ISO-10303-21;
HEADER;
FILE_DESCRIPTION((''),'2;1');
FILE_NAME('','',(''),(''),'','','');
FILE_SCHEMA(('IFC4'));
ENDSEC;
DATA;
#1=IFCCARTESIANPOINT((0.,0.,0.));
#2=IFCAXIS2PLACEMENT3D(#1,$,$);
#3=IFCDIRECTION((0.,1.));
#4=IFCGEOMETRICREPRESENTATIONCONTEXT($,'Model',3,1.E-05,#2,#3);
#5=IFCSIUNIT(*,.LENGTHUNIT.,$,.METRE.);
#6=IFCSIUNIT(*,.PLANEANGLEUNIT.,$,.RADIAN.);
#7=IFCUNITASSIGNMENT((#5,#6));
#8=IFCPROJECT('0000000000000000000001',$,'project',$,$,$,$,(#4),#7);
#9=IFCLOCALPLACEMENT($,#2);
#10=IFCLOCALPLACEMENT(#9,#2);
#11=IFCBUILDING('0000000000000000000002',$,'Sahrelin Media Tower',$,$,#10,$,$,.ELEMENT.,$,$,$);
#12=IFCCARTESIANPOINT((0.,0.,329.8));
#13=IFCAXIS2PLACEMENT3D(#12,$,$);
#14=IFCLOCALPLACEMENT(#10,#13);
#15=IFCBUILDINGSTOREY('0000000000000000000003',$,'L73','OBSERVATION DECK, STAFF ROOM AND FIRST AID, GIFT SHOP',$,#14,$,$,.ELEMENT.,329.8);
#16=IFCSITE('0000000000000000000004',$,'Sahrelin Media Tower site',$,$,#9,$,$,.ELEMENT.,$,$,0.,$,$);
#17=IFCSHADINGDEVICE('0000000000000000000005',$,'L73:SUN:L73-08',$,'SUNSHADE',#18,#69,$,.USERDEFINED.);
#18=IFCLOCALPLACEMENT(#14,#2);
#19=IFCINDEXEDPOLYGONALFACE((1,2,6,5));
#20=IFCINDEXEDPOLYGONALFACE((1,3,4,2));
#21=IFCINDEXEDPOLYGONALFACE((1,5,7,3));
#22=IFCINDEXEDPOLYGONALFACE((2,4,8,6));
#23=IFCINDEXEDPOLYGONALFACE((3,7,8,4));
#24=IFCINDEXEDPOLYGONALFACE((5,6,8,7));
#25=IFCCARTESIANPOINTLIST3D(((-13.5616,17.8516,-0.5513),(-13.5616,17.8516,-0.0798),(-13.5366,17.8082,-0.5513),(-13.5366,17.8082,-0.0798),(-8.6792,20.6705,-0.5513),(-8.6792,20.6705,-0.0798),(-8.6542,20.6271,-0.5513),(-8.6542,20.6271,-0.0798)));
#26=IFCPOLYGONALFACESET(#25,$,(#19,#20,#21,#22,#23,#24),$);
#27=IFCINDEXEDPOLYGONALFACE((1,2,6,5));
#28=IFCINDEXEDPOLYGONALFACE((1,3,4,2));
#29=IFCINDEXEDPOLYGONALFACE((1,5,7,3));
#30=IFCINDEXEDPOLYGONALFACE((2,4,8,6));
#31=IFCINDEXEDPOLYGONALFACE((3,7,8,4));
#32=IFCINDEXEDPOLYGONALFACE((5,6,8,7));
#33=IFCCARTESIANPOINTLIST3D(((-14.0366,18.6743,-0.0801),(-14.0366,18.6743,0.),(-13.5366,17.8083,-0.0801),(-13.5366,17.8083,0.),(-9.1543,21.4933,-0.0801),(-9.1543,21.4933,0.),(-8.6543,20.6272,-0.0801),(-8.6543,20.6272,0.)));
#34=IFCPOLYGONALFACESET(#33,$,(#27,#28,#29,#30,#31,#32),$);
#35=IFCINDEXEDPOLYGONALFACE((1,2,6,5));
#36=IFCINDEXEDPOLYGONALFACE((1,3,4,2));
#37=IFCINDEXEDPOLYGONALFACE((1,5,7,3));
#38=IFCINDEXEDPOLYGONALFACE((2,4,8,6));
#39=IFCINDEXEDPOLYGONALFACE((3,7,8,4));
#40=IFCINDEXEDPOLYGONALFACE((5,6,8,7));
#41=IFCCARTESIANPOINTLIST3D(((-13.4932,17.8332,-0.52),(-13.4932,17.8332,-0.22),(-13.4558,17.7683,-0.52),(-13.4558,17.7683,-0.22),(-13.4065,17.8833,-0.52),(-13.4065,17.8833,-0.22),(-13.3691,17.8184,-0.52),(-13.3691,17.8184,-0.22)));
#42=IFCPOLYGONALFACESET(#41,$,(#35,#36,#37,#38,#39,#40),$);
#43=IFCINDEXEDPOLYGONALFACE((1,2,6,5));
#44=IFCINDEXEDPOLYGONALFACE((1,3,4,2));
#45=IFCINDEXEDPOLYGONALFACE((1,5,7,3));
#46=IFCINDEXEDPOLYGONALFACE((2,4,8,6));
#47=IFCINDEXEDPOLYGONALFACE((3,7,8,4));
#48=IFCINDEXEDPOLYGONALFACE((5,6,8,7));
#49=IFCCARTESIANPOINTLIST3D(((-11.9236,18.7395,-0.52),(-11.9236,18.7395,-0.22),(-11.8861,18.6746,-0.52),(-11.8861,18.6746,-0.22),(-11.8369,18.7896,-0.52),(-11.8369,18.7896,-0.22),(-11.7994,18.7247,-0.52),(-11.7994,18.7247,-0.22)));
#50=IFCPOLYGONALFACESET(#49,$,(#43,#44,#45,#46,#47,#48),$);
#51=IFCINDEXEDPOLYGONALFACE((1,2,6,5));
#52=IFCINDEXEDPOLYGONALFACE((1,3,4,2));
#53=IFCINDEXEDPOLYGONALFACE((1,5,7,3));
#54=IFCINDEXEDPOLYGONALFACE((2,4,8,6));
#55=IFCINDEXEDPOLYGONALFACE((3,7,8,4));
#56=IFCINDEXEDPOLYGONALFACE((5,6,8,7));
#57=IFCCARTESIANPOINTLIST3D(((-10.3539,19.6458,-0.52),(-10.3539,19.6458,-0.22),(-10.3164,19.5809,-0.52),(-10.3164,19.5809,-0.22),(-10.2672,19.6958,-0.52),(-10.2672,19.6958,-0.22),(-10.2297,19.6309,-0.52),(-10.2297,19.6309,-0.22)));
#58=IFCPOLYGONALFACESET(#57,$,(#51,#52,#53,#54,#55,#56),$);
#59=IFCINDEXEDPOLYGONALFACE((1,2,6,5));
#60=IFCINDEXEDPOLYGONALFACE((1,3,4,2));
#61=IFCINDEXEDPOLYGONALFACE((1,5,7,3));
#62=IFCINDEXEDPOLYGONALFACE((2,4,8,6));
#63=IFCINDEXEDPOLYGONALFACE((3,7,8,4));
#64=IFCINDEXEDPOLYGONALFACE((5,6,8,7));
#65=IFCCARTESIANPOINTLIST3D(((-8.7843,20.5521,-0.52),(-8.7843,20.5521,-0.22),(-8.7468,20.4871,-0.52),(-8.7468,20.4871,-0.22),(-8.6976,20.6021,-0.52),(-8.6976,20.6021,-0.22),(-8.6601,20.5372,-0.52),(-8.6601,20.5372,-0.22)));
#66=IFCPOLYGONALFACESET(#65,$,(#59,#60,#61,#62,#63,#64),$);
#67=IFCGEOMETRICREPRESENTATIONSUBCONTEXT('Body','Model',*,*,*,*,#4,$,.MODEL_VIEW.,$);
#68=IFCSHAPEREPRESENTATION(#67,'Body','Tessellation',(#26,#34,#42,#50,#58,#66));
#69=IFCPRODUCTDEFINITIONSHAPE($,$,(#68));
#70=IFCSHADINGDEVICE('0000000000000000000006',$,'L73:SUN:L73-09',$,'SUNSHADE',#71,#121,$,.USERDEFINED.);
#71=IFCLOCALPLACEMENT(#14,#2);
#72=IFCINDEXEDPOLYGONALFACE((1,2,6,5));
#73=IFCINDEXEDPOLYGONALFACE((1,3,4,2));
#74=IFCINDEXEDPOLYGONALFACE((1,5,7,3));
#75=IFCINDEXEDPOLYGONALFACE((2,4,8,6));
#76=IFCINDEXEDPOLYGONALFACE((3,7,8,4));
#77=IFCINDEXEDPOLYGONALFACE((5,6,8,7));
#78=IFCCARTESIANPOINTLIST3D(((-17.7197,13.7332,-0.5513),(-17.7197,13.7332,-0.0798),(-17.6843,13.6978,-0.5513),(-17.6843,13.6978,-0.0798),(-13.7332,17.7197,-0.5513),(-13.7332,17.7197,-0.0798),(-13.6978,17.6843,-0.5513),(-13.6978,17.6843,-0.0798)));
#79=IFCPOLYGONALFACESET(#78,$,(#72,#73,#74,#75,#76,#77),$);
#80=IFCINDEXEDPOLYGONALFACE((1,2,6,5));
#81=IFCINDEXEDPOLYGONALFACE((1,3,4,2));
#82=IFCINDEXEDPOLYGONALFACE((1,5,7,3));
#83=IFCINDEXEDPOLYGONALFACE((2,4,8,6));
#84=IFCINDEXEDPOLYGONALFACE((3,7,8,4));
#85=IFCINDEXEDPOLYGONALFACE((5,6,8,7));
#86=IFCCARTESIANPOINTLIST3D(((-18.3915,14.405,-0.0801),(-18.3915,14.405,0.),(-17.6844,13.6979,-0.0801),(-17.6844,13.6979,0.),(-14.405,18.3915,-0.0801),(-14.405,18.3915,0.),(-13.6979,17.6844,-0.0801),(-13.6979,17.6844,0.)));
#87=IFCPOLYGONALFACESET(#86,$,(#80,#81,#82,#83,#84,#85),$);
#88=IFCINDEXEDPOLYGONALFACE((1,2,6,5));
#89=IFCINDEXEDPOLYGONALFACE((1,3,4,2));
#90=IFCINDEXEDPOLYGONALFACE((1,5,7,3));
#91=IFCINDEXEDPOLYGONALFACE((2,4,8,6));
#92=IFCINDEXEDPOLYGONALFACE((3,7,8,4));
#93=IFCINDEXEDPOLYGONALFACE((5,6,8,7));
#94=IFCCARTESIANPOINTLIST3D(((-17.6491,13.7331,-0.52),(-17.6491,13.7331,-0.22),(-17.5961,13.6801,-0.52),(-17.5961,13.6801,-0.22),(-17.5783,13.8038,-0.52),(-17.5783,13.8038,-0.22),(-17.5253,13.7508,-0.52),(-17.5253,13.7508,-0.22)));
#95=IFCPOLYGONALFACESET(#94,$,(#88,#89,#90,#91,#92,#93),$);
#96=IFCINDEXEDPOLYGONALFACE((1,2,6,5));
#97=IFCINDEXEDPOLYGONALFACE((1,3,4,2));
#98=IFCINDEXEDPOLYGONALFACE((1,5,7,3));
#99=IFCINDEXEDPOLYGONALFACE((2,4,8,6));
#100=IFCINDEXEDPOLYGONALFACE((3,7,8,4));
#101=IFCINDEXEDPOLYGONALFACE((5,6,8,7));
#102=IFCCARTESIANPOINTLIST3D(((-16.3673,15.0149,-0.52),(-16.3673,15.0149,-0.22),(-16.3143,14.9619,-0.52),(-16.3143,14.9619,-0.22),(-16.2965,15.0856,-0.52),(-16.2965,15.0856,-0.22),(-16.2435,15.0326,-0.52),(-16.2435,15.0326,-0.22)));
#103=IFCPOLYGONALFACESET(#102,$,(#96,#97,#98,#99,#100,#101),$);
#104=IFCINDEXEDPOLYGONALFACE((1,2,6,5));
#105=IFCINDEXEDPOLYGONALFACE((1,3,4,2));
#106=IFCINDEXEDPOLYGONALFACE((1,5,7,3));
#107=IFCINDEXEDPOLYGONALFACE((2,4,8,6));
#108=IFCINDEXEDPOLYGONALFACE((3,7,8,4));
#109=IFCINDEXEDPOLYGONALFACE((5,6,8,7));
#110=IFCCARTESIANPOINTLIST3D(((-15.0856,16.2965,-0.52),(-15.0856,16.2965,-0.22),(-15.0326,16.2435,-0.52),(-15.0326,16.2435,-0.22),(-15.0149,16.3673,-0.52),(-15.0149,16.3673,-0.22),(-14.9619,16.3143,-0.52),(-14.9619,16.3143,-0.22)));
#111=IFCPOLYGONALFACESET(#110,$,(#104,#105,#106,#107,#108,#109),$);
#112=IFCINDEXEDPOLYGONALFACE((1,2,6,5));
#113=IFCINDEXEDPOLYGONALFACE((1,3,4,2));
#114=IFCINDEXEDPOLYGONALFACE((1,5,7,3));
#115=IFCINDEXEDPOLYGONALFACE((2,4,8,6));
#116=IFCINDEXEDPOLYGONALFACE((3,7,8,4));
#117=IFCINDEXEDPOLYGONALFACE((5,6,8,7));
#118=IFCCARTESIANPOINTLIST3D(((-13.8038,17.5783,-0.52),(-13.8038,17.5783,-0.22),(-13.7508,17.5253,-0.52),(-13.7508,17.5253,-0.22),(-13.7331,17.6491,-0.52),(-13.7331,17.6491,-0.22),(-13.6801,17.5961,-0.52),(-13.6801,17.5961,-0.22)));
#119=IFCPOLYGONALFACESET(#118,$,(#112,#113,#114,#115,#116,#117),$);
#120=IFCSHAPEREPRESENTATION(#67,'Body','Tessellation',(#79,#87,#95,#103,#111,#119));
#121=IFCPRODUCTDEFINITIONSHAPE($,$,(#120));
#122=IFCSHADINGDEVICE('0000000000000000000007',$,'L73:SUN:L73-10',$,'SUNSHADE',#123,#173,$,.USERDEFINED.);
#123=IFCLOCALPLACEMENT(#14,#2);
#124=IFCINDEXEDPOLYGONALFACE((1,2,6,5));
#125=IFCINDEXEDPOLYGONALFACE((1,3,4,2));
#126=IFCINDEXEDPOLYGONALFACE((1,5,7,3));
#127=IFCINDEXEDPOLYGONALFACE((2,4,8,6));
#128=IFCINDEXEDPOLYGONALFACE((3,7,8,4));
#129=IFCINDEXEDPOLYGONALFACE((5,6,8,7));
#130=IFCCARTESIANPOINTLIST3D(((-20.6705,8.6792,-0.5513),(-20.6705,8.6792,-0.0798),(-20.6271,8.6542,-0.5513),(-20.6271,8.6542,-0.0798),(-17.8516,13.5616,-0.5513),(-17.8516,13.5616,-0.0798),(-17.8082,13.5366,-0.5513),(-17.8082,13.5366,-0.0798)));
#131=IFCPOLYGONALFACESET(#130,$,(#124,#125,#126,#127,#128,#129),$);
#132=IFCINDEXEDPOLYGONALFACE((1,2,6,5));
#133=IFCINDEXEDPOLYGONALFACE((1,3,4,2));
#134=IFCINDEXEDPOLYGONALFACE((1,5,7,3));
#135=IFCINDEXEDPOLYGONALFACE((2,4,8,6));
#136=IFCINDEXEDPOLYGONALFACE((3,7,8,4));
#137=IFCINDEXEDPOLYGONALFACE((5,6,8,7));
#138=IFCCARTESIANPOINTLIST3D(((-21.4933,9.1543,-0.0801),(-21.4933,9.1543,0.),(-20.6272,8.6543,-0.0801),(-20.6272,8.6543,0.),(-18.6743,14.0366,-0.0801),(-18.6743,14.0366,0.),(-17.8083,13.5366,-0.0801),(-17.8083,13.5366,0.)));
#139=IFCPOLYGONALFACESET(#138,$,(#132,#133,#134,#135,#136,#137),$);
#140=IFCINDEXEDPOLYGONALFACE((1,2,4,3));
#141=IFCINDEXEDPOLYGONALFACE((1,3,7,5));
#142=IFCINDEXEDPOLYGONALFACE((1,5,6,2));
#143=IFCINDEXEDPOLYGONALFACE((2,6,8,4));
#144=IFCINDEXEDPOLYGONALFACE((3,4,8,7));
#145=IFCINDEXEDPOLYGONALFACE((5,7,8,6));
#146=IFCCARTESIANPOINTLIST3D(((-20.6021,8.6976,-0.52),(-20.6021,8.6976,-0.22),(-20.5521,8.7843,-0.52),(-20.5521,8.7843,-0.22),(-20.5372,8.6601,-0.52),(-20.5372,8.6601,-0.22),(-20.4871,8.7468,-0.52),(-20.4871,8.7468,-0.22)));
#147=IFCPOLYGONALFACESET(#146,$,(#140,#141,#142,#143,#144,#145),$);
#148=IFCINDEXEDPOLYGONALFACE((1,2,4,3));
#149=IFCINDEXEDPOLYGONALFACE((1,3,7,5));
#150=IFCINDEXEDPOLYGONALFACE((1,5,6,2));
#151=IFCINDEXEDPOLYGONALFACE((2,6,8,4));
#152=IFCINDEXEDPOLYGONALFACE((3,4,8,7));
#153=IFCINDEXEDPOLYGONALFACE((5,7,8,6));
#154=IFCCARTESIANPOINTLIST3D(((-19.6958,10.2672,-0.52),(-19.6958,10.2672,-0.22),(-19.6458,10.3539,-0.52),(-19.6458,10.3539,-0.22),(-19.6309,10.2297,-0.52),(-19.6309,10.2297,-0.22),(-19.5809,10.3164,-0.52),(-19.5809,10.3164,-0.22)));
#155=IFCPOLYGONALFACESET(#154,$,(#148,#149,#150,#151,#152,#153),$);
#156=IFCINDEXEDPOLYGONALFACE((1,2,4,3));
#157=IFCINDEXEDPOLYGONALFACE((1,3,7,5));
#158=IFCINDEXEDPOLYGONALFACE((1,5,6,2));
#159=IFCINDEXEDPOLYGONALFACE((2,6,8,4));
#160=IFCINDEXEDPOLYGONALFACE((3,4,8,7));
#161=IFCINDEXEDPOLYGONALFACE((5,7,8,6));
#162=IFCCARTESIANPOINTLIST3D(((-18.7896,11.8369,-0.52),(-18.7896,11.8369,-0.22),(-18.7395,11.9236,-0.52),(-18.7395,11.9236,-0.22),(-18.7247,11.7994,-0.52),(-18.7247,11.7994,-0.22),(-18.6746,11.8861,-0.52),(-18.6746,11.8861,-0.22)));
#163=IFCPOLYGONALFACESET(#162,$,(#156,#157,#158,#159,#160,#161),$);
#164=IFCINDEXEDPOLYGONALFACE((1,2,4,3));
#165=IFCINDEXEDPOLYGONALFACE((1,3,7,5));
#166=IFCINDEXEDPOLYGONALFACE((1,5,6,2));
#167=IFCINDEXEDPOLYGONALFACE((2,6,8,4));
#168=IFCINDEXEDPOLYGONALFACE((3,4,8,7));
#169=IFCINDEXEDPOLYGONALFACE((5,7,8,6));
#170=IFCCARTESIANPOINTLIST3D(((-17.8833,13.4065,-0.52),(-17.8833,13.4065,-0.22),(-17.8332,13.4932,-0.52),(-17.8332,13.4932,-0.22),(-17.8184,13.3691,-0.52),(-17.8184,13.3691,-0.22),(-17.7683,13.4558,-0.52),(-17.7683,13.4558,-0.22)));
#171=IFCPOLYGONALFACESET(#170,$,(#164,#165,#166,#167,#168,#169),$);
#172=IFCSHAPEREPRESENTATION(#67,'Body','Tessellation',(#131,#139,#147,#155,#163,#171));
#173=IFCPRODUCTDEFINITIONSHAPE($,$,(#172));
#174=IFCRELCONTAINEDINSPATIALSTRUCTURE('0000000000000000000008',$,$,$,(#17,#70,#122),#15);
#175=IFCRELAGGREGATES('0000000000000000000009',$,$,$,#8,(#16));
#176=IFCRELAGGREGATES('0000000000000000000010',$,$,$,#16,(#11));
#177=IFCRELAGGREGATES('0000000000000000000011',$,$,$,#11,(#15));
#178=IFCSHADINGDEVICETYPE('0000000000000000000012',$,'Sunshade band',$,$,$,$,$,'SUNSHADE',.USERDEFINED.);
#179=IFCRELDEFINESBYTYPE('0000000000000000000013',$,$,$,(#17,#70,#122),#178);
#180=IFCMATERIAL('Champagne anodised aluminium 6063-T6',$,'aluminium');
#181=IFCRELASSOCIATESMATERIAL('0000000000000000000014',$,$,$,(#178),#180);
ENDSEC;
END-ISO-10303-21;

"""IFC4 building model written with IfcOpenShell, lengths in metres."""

from ifc_helpers import new_model, si_unit, direction, frame, origin, origin_2d, place, context, subcontext, project, spatial, rectangle, extrude, material, type_object, element, save


model = new_model("IFC4")

# Units and contexts
model_context = context("Model", 3, precision=1e-05, world=origin(), true_north=direction((0.0, 1.0)))
body_context = subcontext(model_context, "Body", "Model", "MODEL_VIEW")
ifc_project = project(units=[si_unit("LENGTHUNIT", "METRE"), si_unit("PLANEANGLEUNIT", "RADIAN")], contexts=[model_context])

# Site, building, storey
site_placement = place(None, origin())
site = spatial("IfcSite", under=ifc_project, at=site_placement, Name="Sahrelin Media Tower site", CompositionType="ELEMENT", RefElevation=0.0)
building_placement = place(site_placement, origin())
building = spatial("IfcBuilding", under=site, at=building_placement, Name="Sahrelin Media Tower", CompositionType="ELEMENT")
storey_placement = place(building_placement, frame((0.0, 0.0, 329.8)))
storey = spatial("IfcBuildingStorey", under=building, at=storey_placement, Name="L73", Description="OBSERVATION DECK, STAFF ROOM AND FIRST AID, GIFT SHOP", CompositionType="ELEMENT", Elevation=329.8)

# Shared definitions
ifc_material_1 = material(Name="Champagne anodised aluminium 6063-T6", Category="aluminium")

# Shading devices
placement_1 = place(storey_placement, frame((-11.0854, 19.2004, 0.0), z_axis=(0.0, 0.0, 1.0), x_axis=(0.866019, 0.500011, 0.0)))
placement_2 = place(storey_placement, frame((-15.677, 15.677, 0.0), z_axis=(0.0, 0.0, 1.0), x_axis=(0.707107, 0.707107, 0.0)))
placement_3 = place(storey_placement, frame((-19.2004, 11.0854, 0.0), z_axis=(0.0, 0.0, 1.0), x_axis=(0.500011, 0.866019, 0.0)))
shading_device_type_1 = type_object("IfcShadingDeviceType", Name="Sunshade band", ElementType="SUNSHADE", PredefinedType="USERDEFINED", material=ifc_material_1)
element("IfcShadingDevice", 1, at=placement_1, inside=storey, type_object=shading_device_type_1, Name="L73:SUN:L73-08", ObjectType="SUNSHADE", PredefinedType="USERDEFINED", context=body_context, shape_type="SweptSolid", body=[
    extrude(rectangle(XDim=5.6377, YDim=0.05, at=origin_2d()), frame((0.0, 0.0449, -0.5513)), (0.0, 0.0, 1.0), 0.4714),
    extrude(rectangle(XDim=5.6377, YDim=1.0, at=origin_2d()), frame((0.0, 0.52, -0.0801)), (0.0, 0.0, 1.0), 0.0801),
    extrude(rectangle(XDim=0.1001, YDim=0.075, at=origin_2d()), frame((-2.7188, -0.0176, -0.52)), (0.0, 0.0, 1.0), 0.3),
    extrude(rectangle(XDim=0.1001, YDim=0.075, at=origin_2d()), frame((-0.9062, -0.0176, -0.52)), (0.0, 0.0, 1.0), 0.3),
    extrude(rectangle(XDim=0.1001, YDim=0.075, at=origin_2d()), frame((0.9062, -0.0176, -0.52)), (0.0, 0.0, 1.0), 0.3),
    extrude(rectangle(XDim=0.1001, YDim=0.075, at=origin_2d()), frame((2.7188, -0.0176, -0.52)), (0.0, 0.0, 1.0), 0.3),
])
element("IfcShadingDevice", 2, at=placement_2, inside=storey, type_object=shading_device_type_1, Name="L73:SUN:L73-09", ObjectType="SUNSHADE", PredefinedType="USERDEFINED", context=body_context, shape_type="SweptSolid", body=[
    extrude(rectangle(XDim=5.6377, YDim=0.05, at=origin_2d()), frame((0.0, 0.0449, -0.5513)), (0.0, 0.0, 1.0), 0.4714),
    extrude(rectangle(XDim=5.6377, YDim=1.0, at=origin_2d()), frame((0.0, 0.52, -0.0801)), (0.0, 0.0, 1.0), 0.0801),
    extrude(rectangle(XDim=0.1001, YDim=0.075, at=origin_2d()), frame((-2.719, -0.0176, -0.52)), (0.0, 0.0, 1.0), 0.3),
    extrude(rectangle(XDim=0.1001, YDim=0.075, at=origin_2d()), frame((-0.9062, -0.0176, -0.52)), (0.0, 0.0, 1.0), 0.3),
    extrude(rectangle(XDim=0.1001, YDim=0.075, at=origin_2d()), frame((0.9062, -0.0176, -0.52)), (0.0, 0.0, 1.0), 0.3),
    extrude(rectangle(XDim=0.1001, YDim=0.075, at=origin_2d()), frame((2.719, -0.0176, -0.52)), (0.0, 0.0, 1.0), 0.3),
])
element("IfcShadingDevice", 3, at=placement_3, inside=storey, type_object=shading_device_type_1, Name="L73:SUN:L73-10", ObjectType="SUNSHADE", PredefinedType="USERDEFINED", context=body_context, shape_type="SweptSolid", body=[
    extrude(rectangle(XDim=5.6377, YDim=0.05, at=origin_2d()), frame((0.0, 0.0449, -0.5513)), (0.0, 0.0, 1.0), 0.4714),
    extrude(rectangle(XDim=5.6377, YDim=1.0, at=origin_2d()), frame((0.0, 0.52, -0.0801)), (0.0, 0.0, 1.0), 0.0801),
    extrude(rectangle(XDim=0.1001, YDim=0.075, at=origin_2d()), frame((-2.7188, -0.0176, -0.52)), (0.0, 0.0, 1.0), 0.3),
    extrude(rectangle(XDim=0.1001, YDim=0.075, at=origin_2d()), frame((-0.9062, -0.0176, -0.52)), (0.0, 0.0, 1.0), 0.3),
    extrude(rectangle(XDim=0.1001, YDim=0.075, at=origin_2d()), frame((0.9062, -0.0176, -0.52)), (0.0, 0.0, 1.0), 0.3),
    extrude(rectangle(XDim=0.1001, YDim=0.075, at=origin_2d()), frame((2.7188, -0.0176, -0.52)), (0.0, 0.0, 1.0), 0.3),
])

save(model, "model.ifc")
